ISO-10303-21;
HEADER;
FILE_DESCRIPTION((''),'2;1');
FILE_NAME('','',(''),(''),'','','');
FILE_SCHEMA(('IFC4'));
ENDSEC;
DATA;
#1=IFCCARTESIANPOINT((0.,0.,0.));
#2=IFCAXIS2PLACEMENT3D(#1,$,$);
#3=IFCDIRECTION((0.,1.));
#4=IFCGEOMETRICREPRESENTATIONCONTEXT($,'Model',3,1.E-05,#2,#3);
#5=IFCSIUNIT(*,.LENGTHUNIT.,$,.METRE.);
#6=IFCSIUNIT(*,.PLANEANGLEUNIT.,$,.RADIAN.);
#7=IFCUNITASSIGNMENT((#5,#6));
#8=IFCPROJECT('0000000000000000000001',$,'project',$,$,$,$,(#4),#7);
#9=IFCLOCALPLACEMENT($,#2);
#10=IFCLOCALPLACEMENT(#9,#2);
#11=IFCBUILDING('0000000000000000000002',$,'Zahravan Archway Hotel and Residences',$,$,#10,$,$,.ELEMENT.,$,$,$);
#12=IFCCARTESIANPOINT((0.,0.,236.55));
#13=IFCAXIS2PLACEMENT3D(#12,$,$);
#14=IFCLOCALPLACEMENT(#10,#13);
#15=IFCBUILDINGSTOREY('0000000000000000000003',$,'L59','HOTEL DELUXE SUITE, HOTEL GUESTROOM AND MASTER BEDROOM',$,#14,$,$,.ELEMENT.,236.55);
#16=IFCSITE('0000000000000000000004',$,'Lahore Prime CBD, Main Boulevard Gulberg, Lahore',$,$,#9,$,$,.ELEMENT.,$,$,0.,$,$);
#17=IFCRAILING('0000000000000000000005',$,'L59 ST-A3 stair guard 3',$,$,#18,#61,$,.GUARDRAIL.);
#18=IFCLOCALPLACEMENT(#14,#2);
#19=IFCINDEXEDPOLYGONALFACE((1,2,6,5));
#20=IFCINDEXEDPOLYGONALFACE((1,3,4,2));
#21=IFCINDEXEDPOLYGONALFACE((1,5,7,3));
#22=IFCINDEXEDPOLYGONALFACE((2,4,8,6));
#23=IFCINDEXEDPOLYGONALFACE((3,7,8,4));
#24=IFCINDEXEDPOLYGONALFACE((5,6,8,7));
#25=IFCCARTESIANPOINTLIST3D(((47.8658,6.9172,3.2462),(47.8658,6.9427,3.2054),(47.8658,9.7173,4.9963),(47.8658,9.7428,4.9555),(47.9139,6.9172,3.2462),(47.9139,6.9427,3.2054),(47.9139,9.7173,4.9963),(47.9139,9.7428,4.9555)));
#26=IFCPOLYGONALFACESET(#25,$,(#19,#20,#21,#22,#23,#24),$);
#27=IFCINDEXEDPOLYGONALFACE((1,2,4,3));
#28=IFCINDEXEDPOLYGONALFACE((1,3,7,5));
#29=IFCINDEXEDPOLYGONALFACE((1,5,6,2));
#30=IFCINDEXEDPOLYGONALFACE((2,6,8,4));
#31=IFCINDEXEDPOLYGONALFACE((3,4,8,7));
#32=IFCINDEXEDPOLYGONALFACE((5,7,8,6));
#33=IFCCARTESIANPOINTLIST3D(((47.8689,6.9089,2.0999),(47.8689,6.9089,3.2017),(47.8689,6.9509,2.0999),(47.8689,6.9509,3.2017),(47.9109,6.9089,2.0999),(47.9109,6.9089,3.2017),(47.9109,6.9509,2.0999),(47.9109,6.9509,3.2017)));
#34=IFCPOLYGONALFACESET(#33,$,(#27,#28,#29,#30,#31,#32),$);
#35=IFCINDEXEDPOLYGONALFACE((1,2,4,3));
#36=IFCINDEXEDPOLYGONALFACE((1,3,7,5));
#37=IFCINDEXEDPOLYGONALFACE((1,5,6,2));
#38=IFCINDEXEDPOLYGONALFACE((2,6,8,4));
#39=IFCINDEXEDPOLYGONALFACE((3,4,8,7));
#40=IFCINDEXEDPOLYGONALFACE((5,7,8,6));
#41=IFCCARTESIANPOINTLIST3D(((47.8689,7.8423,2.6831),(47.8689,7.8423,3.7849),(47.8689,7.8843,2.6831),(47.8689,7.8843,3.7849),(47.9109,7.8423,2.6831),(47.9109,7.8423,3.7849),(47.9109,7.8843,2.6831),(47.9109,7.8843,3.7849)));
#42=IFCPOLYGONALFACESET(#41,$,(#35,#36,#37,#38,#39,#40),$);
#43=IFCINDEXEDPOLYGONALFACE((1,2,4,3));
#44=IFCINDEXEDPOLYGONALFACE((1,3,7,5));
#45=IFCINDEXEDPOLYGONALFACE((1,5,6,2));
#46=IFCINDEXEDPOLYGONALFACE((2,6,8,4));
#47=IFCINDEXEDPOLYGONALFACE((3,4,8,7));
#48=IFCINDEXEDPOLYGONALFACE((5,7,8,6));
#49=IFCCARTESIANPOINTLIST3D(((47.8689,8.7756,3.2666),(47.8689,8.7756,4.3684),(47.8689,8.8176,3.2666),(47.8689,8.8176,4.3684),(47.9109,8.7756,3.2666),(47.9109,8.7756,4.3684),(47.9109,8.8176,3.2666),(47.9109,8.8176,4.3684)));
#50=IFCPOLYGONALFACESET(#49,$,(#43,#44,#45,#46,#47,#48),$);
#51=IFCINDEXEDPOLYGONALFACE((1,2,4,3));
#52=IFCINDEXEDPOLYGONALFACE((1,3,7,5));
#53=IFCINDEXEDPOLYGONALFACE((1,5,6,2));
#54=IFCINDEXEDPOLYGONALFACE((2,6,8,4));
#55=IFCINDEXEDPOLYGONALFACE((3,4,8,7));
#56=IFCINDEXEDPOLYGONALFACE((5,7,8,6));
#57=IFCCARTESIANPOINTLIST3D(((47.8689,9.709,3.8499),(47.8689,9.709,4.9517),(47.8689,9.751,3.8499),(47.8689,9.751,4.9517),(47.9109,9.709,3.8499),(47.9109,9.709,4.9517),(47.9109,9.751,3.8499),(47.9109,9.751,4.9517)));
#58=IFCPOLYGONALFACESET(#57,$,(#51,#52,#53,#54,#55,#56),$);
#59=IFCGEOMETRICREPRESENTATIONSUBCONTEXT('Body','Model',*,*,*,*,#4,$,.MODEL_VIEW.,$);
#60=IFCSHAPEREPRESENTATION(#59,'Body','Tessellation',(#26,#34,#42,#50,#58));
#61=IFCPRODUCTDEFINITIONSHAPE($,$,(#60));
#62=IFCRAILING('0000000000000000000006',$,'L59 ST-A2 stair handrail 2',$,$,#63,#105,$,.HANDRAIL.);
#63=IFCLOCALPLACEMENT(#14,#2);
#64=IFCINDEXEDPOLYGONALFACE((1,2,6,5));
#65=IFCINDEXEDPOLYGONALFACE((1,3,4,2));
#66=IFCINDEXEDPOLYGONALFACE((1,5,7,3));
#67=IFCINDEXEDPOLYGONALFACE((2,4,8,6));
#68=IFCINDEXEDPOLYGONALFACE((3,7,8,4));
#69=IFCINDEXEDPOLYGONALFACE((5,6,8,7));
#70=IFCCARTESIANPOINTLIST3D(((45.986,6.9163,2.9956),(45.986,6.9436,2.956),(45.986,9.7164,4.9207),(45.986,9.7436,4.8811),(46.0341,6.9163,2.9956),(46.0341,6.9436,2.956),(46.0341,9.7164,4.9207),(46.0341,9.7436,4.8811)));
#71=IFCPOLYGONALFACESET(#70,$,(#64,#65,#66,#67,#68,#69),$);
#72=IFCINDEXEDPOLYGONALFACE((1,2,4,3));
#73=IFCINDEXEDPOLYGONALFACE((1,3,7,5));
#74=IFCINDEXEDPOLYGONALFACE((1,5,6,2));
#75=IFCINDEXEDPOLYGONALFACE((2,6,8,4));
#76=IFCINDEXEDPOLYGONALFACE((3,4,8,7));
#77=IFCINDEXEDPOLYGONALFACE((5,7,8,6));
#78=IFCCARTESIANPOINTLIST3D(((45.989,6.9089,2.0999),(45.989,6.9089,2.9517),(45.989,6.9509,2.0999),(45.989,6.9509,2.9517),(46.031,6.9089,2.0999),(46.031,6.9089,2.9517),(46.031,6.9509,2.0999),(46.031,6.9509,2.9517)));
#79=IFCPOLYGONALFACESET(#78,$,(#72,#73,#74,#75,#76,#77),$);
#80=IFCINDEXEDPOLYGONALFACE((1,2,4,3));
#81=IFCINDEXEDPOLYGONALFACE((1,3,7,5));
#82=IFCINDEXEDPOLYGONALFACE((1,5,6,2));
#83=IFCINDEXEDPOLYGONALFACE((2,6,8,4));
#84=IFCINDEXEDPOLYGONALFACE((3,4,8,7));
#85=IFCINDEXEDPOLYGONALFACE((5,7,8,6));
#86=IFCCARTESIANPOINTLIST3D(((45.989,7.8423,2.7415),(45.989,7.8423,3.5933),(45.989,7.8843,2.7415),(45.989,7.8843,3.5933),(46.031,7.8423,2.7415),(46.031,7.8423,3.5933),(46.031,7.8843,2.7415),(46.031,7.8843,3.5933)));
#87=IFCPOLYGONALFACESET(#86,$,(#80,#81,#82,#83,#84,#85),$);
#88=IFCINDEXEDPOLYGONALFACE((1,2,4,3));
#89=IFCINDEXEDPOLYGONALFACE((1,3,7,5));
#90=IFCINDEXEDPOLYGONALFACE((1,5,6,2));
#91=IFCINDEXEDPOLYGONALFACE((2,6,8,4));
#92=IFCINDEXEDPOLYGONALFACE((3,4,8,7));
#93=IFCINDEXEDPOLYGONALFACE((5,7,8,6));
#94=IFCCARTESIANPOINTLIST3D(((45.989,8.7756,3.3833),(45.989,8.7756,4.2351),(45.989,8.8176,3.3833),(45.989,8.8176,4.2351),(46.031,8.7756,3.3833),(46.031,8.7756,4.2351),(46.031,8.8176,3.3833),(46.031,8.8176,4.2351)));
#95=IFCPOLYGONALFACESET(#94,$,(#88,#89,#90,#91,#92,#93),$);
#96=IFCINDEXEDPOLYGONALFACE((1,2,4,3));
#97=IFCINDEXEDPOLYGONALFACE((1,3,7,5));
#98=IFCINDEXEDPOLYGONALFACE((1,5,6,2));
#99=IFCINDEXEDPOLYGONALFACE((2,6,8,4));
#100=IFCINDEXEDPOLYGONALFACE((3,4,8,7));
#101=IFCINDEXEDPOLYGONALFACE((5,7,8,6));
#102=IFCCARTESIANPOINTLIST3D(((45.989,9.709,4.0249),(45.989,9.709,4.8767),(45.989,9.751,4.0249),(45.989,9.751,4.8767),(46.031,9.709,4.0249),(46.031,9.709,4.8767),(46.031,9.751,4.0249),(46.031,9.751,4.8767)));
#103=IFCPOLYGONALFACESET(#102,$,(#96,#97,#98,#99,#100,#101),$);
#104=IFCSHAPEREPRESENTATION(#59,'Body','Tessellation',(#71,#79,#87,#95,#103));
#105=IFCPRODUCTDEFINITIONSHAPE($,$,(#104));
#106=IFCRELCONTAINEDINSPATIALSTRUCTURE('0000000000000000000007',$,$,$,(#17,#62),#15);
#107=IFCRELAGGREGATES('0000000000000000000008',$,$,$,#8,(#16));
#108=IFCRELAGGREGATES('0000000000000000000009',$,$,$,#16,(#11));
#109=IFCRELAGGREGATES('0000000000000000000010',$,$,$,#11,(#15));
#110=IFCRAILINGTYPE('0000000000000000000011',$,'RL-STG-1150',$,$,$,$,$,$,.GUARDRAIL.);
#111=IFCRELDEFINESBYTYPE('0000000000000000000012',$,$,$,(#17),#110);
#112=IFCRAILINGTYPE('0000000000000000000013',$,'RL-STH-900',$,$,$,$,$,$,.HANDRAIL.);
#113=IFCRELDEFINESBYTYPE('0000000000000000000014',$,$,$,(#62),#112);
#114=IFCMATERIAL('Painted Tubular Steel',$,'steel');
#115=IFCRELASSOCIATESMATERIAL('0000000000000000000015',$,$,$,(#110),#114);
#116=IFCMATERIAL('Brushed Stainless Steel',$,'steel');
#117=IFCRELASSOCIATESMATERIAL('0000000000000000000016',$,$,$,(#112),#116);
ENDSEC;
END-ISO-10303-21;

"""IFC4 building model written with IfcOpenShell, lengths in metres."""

from ifc_helpers import new_model, si_unit, direction, frame, origin, origin_2d, place, context, subcontext, project, spatial, rectangle, extrude, material, type_object, element, save


model = new_model("IFC4")

# Units and contexts
model_context = context("Model", 3, precision=1e-05, world=origin(), true_north=direction((0.0, 1.0)))
body_context = subcontext(model_context, "Body", "Model", "MODEL_VIEW")
ifc_project = project(units=[si_unit("LENGTHUNIT", "METRE"), si_unit("PLANEANGLEUNIT", "RADIAN")], contexts=[model_context])

# Site, building, storey
site_placement = place(None, origin())
site = spatial("IfcSite", under=ifc_project, at=site_placement, Name="Lahore Prime CBD, Main Boulevard Gulberg, Lahore", CompositionType="ELEMENT", RefElevation=0.0)
building_placement = place(site_placement, origin())
building = spatial("IfcBuilding", under=site, at=building_placement, Name="Zahravan Archway Hotel and Residences", CompositionType="ELEMENT")
storey_placement = place(building_placement, frame((0.0, 0.0, 236.55)))
storey = spatial("IfcBuildingStorey", under=building, at=storey_placement, Name="L59", Description="HOTEL DELUXE SUITE, HOTEL GUESTROOM AND MASTER BEDROOM", CompositionType="ELEMENT", Elevation=236.55)

# Railings
ifc_material_1 = material(Name="Painted Tubular Steel", Category="steel")
railing_type_1 = type_object("IfcRailingType", Name="RL-STG-1150", PredefinedType="GUARDRAIL", material=ifc_material_1)
railing_1_placement = place(storey_placement, frame((47.8899, 6.9299, 2.0999)))
element("IfcRailing", 1, at=railing_1_placement, inside=storey, type_object=railing_type_1, Name="L59 ST-A3 stair guard 3", PredefinedType="GUARDRAIL", context=body_context, shape_type="SweptSolid", body=[
    extrude(rectangle(XDim=0.0481, YDim=0.0481, at=origin_2d()), frame((0.0, 0.0, 1.126), z_axis=(0.0, 0.848002, 0.529992), x_axis=(-1.0, 0.0, 0.0)), (0.0, 0.0, 1.0), 3.302),
    extrude(rectangle(XDim=0.042, YDim=0.042, at=origin_2d()), origin(), (0.0, 0.0, 1.0), 1.1018),
    extrude(rectangle(XDim=0.042, YDim=0.042, at=origin_2d()), frame((0.0, 0.9333, 0.5833)), (0.0, 0.0, 1.0), 1.1018),
    extrude(rectangle(XDim=0.042, YDim=0.042, at=origin_2d()), frame((0.0, 1.8667, 1.1667)), (0.0, 0.0, 1.0), 1.1018),
    extrude(rectangle(XDim=0.042, YDim=0.042, at=origin_2d()), frame((0.0, 2.8, 1.75)), (0.0, 0.0, 1.0), 1.1018),
])
ifc_material_2 = material(Name="Brushed Stainless Steel", Category="steel")
railing_type_2 = type_object("IfcRailingType", Name="RL-STH-900", PredefinedType="HANDRAIL", material=ifc_material_2)
railing_2_placement = place(storey_placement, frame((46.01, 6.9299, 2.0999)))
element("IfcRailing", 2, at=railing_2_placement, inside=storey, type_object=railing_type_2, Name="L59 ST-A2 stair handrail 2", PredefinedType="HANDRAIL", context=body_context, shape_type="SweptSolid", body=[
    extrude(rectangle(XDim=0.0481, YDim=0.0481, at=origin_2d()), frame((0.0, 0.0, 0.876), z_axis=(0.0, 0.82404, 0.566532), x_axis=(-1.0, 0.0, 0.0)), (0.0, 0.0, 1.0), 3.3979),
    extrude(rectangle(XDim=0.042, YDim=0.042, at=origin_2d()), origin(), (0.0, 0.0, 1.0), 0.8518),
    extrude(rectangle(XDim=0.042, YDim=0.042, at=origin_2d()), frame((0.0, 0.9333, 0.6416)), (0.0, 0.0, 1.0), 0.8518),
    extrude(rectangle(XDim=0.042, YDim=0.042, at=origin_2d()), frame((0.0, 1.8667, 1.2834)), (0.0, 0.0, 1.0), 0.8518),
    extrude(rectangle(XDim=0.042, YDim=0.042, at=origin_2d()), frame((0.0, 2.8, 1.925)), (0.0, 0.0, 1.0), 0.8518),
])

save(model, "model.ifc")
